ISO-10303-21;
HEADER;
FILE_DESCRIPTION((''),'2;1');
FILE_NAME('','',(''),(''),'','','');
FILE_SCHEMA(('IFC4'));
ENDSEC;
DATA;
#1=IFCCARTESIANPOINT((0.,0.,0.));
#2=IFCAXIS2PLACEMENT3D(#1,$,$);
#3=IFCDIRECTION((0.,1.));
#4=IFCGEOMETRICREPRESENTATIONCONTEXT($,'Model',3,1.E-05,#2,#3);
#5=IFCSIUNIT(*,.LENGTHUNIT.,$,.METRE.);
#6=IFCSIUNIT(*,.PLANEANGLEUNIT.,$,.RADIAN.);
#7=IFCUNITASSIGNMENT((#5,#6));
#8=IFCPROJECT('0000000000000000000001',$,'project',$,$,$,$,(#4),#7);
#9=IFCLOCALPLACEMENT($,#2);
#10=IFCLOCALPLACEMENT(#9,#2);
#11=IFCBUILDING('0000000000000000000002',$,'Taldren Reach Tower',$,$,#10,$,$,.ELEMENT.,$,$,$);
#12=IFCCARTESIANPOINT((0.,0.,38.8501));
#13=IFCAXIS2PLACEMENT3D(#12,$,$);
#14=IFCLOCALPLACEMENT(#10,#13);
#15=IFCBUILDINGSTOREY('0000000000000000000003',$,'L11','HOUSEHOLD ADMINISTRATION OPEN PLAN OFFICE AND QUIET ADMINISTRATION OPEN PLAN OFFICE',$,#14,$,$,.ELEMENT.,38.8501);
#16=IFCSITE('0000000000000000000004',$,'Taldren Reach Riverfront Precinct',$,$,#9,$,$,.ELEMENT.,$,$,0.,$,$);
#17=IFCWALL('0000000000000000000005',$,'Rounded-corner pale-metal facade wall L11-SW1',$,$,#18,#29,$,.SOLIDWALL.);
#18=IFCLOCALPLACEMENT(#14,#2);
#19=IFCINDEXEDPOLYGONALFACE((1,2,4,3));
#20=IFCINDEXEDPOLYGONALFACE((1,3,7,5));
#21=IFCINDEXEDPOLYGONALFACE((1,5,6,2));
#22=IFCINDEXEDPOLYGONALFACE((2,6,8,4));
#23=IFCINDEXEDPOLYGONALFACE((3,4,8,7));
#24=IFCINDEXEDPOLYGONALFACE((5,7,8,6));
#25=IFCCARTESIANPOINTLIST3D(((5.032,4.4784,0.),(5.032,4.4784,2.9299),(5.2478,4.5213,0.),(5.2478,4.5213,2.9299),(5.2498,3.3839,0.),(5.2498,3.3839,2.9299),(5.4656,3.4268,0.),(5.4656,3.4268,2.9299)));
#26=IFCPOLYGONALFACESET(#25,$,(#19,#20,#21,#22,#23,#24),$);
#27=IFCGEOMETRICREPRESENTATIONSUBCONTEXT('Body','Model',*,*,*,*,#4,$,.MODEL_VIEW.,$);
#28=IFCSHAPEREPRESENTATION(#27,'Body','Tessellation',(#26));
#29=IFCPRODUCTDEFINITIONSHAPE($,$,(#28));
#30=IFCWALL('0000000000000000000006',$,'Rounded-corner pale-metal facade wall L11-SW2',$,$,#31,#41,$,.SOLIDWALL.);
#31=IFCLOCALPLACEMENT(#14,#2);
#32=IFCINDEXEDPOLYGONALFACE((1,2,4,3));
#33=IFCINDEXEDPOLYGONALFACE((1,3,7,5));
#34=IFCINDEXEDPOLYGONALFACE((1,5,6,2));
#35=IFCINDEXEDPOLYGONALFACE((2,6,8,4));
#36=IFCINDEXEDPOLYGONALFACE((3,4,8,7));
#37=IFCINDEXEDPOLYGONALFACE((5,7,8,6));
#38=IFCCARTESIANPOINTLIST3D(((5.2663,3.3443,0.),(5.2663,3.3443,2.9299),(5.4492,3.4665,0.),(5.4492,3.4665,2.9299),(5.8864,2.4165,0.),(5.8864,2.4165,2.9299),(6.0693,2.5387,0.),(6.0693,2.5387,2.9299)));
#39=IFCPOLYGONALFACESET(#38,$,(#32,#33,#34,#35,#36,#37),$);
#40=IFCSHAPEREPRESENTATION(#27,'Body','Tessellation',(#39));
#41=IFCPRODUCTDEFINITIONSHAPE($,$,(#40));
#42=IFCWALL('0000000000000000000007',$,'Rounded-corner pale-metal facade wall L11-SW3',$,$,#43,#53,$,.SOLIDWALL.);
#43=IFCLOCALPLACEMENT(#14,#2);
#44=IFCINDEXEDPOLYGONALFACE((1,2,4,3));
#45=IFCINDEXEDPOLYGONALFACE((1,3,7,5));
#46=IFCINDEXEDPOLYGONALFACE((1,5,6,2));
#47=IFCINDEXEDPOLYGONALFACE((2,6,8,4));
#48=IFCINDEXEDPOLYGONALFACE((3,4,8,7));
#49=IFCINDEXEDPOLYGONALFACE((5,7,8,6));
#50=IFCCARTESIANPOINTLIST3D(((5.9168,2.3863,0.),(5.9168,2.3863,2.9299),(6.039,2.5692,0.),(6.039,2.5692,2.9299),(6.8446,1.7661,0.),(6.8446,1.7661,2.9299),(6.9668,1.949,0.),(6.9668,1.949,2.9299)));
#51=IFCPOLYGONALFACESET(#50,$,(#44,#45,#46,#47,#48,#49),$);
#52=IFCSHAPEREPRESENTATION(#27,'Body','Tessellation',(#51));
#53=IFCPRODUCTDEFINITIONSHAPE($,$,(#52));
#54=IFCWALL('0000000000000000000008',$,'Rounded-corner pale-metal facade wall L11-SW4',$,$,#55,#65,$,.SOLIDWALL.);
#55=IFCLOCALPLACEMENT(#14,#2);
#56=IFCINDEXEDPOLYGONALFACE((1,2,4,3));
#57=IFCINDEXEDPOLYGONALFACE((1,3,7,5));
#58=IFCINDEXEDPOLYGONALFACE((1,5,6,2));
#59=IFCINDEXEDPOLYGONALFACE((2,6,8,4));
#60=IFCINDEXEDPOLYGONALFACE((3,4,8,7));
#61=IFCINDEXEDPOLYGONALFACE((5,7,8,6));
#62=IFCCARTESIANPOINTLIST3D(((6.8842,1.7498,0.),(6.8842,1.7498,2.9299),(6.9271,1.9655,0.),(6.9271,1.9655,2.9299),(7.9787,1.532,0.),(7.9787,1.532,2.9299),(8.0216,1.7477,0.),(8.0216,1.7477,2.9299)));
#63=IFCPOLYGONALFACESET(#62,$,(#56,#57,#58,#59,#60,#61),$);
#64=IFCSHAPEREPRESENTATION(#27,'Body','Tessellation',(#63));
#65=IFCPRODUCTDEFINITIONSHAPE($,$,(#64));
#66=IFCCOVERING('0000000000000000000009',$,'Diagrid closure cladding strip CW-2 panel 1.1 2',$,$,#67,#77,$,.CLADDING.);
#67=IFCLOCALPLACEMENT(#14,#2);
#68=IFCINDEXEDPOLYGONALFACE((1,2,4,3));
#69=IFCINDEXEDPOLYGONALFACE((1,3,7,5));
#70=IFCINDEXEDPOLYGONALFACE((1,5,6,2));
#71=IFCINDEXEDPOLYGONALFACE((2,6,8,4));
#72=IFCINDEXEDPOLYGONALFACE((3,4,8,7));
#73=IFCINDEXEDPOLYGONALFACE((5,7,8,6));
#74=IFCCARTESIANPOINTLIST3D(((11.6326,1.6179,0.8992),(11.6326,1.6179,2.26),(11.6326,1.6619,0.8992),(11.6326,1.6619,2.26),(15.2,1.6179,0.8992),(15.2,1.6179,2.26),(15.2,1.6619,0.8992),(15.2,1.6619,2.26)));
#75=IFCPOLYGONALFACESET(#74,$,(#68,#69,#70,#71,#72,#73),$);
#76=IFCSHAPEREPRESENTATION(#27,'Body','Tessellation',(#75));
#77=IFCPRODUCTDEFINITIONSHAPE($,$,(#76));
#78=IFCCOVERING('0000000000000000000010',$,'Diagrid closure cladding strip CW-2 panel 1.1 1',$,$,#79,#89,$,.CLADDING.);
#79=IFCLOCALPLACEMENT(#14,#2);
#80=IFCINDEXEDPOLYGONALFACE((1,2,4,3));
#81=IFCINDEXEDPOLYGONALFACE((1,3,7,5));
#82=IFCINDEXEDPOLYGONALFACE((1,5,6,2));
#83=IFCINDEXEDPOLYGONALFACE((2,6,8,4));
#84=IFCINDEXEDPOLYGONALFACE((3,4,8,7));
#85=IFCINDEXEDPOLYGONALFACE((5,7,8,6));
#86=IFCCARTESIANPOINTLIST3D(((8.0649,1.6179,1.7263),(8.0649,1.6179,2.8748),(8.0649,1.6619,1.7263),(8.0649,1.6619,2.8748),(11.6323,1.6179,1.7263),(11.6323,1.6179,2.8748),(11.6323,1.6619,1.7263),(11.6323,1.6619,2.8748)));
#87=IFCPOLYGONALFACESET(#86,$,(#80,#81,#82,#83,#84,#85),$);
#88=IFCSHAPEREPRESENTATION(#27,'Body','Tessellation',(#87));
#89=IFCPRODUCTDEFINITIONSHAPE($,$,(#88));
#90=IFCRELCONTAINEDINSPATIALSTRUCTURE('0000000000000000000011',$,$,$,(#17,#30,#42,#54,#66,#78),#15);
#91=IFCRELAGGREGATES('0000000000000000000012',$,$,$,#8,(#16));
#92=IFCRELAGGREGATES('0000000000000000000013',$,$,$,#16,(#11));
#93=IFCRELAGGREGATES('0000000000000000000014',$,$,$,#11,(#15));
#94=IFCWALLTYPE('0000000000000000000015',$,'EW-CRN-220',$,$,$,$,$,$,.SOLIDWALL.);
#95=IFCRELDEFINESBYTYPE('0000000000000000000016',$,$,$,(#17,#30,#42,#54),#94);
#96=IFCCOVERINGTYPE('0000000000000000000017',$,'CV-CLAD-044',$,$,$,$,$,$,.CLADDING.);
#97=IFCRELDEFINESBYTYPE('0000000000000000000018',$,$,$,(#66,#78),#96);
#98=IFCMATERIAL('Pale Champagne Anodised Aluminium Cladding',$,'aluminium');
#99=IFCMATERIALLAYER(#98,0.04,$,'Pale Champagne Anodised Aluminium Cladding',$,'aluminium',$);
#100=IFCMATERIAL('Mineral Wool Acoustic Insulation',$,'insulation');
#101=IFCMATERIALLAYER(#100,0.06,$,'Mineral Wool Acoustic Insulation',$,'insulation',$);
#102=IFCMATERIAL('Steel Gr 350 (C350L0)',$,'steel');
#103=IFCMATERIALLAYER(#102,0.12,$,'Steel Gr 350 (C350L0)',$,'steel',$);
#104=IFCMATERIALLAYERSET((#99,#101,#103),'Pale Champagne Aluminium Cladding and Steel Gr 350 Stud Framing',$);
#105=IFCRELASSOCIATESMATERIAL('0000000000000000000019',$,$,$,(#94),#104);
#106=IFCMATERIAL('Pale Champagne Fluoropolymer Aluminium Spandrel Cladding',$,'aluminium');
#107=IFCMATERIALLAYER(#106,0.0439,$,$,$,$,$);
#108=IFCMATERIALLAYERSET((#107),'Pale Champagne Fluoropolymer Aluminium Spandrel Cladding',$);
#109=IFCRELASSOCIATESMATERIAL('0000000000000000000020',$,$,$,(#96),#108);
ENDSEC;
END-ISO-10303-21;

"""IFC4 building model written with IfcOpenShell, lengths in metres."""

from ifc_helpers import new_model, si_unit, direction, frame, frame_2d, origin, origin_2d, place, context, subcontext, project, spatial, rectangle, extrude, source, transform, mapped, material, layer, layer_set, type_object, element, save


model = new_model("IFC4")

# Units and contexts
model_context = context("Model", 3, precision=1e-05, world=origin(), true_north=direction((0.0, 1.0)))
body_context = subcontext(model_context, "Body", "Model", "MODEL_VIEW")
ifc_project = project(units=[si_unit("LENGTHUNIT", "METRE"), si_unit("PLANEANGLEUNIT", "RADIAN")], contexts=[model_context])

# Site, building, storey
site_placement = place(None, origin())
site = spatial("IfcSite", under=ifc_project, at=site_placement, Name="Taldren Reach Riverfront Precinct", CompositionType="ELEMENT", RefElevation=0.0)
building_placement = place(site_placement, origin())
building = spatial("IfcBuilding", under=site, at=building_placement, Name="Taldren Reach Tower", CompositionType="ELEMENT")
storey_placement = place(building_placement, frame((0.0, 0.0, 38.8501)))
storey = spatial("IfcBuildingStorey", under=building, at=storey_placement, Name="L11", Description="HOUSEHOLD ADMINISTRATION OPEN PLAN OFFICE AND QUIET ADMINISTRATION OPEN PLAN OFFICE", CompositionType="ELEMENT", Elevation=38.8501)

# Shared definitions
ifc_material_1 = material(Name="Steel Gr 350 (C350L0)", Category="steel")

# Walls
ifc_material_2 = material(Name="Pale Champagne Anodised Aluminium Cladding", Category="aluminium")
ifc_layer_1 = layer(ifc_material_2, 0.04, Name="Pale Champagne Anodised Aluminium Cladding", Category="aluminium")
ifc_material_3 = material(Name="Mineral Wool Acoustic Insulation", Category="insulation")
ifc_layer_2 = layer(ifc_material_3, 0.06, Name="Mineral Wool Acoustic Insulation", Category="insulation")
ifc_layer_3 = layer(ifc_material_1, 0.12, Name="Steel Gr 350 (C350L0)", Category="steel")
ifc_layer_set_1 = layer_set([ifc_layer_1, ifc_layer_2, ifc_layer_3], Name="Pale Champagne Aluminium Cladding and Steel Gr 350 Stud Framing")
wall_type = type_object("IfcWallType", Name="EW-CRN-220", PredefinedType="SOLIDWALL", material=ifc_layer_set_1)
shared_shape_1 = source(origin(), body_context, "Body", "SweptSolid", [
    extrude(rectangle(XDim=1.116, YDim=0.22, at=frame_2d((0.5581, 0.0))), origin(), (0.0, 0.0, 1.0), 2.9299),
])
for number, where, z_axis, x_axis, name in (
    (1, (5.1399, 4.5, 0.0), (0.0, 0.0, 1.0), (0.195148, -0.980774, 0.0), "Rounded-corner pale-metal facade wall L11-SW1"),
    (2, (5.3577, 3.4055, 0.0), (0.0, 0.0, 1.0), (0.55571, -0.831377, 0.0), "Rounded-corner pale-metal facade wall L11-SW2"),
    (3, (5.9778, 2.4778, 0.0), (0.0, 0.0, 1.0), (0.831377, -0.55571, 0.0), "Rounded-corner pale-metal facade wall L11-SW3"),
    (4, (6.9055, 1.8577, 0.0), (0.0, 0.0, 1.0), (0.980774, -0.195148, 0.0), "Rounded-corner pale-metal facade wall L11-SW4"),
):
    element("IfcWall", number, at=place(storey_placement, frame(where, z_axis=z_axis, x_axis=x_axis)), inside=storey, type_object=wall_type, Name=name, PredefinedType="SOLIDWALL", context=body_context, shape_type="MappedRepresentation", body=[
        mapped(shared_shape_1, transform((0.0, 0.0, 0.0), scale=1.0)),
    ])

# Coverings
ifc_material_4 = material(Name="Pale Champagne Fluoropolymer Aluminium Spandrel Cladding", Category="aluminium")
ifc_layer_4 = layer(ifc_material_4, 0.0439)
ifc_layer_set_2 = layer_set([ifc_layer_4], Name="Pale Champagne Fluoropolymer Aluminium Spandrel Cladding")
covering_type = type_object("IfcCoveringType", Name="CV-CLAD-044", PredefinedType="CLADDING", material=ifc_layer_set_2)
shared_shape_2 = source(origin(), body_context, "Body", "SweptSolid", [
    extrude(rectangle(XDim=3.5674, YDim=0.0439, at=origin_2d()), origin(), (0.0, 0.0, 1.0), 1.3608),
])
covering_1_placement = place(storey_placement, frame((13.4163, 1.6399, 0.8992), z_axis=(0.0, 0.0, 1.0), x_axis=(1.0, 0.0, 0.0)))
element("IfcCovering", 5, at=covering_1_placement, inside=storey, type_object=covering_type, Name="Diagrid closure cladding strip CW-2 panel 1.1 2", PredefinedType="CLADDING", context=body_context, shape_type="MappedRepresentation", body=[
    mapped(shared_shape_2, transform((0.0, 0.0, 0.0), scale=1.0)),
])
shared_shape_3 = source(origin(), body_context, "Body", "SweptSolid", [
    extrude(rectangle(XDim=3.5674, YDim=0.0439, at=origin_2d()), origin(), (0.0, 0.0, 1.0), 1.1484),
])
covering_2_placement = place(storey_placement, frame((9.8486, 1.6399, 1.7263), z_axis=(0.0, 0.0, 1.0), x_axis=(1.0, 0.0, 0.0)))
element("IfcCovering", 6, at=covering_2_placement, inside=storey, type_object=covering_type, Name="Diagrid closure cladding strip CW-2 panel 1.1 1", PredefinedType="CLADDING", context=body_context, shape_type="MappedRepresentation", body=[
    mapped(shared_shape_3, transform((0.0, 0.0, 0.0), scale=1.0)),
])

save(model, "model.ifc")
